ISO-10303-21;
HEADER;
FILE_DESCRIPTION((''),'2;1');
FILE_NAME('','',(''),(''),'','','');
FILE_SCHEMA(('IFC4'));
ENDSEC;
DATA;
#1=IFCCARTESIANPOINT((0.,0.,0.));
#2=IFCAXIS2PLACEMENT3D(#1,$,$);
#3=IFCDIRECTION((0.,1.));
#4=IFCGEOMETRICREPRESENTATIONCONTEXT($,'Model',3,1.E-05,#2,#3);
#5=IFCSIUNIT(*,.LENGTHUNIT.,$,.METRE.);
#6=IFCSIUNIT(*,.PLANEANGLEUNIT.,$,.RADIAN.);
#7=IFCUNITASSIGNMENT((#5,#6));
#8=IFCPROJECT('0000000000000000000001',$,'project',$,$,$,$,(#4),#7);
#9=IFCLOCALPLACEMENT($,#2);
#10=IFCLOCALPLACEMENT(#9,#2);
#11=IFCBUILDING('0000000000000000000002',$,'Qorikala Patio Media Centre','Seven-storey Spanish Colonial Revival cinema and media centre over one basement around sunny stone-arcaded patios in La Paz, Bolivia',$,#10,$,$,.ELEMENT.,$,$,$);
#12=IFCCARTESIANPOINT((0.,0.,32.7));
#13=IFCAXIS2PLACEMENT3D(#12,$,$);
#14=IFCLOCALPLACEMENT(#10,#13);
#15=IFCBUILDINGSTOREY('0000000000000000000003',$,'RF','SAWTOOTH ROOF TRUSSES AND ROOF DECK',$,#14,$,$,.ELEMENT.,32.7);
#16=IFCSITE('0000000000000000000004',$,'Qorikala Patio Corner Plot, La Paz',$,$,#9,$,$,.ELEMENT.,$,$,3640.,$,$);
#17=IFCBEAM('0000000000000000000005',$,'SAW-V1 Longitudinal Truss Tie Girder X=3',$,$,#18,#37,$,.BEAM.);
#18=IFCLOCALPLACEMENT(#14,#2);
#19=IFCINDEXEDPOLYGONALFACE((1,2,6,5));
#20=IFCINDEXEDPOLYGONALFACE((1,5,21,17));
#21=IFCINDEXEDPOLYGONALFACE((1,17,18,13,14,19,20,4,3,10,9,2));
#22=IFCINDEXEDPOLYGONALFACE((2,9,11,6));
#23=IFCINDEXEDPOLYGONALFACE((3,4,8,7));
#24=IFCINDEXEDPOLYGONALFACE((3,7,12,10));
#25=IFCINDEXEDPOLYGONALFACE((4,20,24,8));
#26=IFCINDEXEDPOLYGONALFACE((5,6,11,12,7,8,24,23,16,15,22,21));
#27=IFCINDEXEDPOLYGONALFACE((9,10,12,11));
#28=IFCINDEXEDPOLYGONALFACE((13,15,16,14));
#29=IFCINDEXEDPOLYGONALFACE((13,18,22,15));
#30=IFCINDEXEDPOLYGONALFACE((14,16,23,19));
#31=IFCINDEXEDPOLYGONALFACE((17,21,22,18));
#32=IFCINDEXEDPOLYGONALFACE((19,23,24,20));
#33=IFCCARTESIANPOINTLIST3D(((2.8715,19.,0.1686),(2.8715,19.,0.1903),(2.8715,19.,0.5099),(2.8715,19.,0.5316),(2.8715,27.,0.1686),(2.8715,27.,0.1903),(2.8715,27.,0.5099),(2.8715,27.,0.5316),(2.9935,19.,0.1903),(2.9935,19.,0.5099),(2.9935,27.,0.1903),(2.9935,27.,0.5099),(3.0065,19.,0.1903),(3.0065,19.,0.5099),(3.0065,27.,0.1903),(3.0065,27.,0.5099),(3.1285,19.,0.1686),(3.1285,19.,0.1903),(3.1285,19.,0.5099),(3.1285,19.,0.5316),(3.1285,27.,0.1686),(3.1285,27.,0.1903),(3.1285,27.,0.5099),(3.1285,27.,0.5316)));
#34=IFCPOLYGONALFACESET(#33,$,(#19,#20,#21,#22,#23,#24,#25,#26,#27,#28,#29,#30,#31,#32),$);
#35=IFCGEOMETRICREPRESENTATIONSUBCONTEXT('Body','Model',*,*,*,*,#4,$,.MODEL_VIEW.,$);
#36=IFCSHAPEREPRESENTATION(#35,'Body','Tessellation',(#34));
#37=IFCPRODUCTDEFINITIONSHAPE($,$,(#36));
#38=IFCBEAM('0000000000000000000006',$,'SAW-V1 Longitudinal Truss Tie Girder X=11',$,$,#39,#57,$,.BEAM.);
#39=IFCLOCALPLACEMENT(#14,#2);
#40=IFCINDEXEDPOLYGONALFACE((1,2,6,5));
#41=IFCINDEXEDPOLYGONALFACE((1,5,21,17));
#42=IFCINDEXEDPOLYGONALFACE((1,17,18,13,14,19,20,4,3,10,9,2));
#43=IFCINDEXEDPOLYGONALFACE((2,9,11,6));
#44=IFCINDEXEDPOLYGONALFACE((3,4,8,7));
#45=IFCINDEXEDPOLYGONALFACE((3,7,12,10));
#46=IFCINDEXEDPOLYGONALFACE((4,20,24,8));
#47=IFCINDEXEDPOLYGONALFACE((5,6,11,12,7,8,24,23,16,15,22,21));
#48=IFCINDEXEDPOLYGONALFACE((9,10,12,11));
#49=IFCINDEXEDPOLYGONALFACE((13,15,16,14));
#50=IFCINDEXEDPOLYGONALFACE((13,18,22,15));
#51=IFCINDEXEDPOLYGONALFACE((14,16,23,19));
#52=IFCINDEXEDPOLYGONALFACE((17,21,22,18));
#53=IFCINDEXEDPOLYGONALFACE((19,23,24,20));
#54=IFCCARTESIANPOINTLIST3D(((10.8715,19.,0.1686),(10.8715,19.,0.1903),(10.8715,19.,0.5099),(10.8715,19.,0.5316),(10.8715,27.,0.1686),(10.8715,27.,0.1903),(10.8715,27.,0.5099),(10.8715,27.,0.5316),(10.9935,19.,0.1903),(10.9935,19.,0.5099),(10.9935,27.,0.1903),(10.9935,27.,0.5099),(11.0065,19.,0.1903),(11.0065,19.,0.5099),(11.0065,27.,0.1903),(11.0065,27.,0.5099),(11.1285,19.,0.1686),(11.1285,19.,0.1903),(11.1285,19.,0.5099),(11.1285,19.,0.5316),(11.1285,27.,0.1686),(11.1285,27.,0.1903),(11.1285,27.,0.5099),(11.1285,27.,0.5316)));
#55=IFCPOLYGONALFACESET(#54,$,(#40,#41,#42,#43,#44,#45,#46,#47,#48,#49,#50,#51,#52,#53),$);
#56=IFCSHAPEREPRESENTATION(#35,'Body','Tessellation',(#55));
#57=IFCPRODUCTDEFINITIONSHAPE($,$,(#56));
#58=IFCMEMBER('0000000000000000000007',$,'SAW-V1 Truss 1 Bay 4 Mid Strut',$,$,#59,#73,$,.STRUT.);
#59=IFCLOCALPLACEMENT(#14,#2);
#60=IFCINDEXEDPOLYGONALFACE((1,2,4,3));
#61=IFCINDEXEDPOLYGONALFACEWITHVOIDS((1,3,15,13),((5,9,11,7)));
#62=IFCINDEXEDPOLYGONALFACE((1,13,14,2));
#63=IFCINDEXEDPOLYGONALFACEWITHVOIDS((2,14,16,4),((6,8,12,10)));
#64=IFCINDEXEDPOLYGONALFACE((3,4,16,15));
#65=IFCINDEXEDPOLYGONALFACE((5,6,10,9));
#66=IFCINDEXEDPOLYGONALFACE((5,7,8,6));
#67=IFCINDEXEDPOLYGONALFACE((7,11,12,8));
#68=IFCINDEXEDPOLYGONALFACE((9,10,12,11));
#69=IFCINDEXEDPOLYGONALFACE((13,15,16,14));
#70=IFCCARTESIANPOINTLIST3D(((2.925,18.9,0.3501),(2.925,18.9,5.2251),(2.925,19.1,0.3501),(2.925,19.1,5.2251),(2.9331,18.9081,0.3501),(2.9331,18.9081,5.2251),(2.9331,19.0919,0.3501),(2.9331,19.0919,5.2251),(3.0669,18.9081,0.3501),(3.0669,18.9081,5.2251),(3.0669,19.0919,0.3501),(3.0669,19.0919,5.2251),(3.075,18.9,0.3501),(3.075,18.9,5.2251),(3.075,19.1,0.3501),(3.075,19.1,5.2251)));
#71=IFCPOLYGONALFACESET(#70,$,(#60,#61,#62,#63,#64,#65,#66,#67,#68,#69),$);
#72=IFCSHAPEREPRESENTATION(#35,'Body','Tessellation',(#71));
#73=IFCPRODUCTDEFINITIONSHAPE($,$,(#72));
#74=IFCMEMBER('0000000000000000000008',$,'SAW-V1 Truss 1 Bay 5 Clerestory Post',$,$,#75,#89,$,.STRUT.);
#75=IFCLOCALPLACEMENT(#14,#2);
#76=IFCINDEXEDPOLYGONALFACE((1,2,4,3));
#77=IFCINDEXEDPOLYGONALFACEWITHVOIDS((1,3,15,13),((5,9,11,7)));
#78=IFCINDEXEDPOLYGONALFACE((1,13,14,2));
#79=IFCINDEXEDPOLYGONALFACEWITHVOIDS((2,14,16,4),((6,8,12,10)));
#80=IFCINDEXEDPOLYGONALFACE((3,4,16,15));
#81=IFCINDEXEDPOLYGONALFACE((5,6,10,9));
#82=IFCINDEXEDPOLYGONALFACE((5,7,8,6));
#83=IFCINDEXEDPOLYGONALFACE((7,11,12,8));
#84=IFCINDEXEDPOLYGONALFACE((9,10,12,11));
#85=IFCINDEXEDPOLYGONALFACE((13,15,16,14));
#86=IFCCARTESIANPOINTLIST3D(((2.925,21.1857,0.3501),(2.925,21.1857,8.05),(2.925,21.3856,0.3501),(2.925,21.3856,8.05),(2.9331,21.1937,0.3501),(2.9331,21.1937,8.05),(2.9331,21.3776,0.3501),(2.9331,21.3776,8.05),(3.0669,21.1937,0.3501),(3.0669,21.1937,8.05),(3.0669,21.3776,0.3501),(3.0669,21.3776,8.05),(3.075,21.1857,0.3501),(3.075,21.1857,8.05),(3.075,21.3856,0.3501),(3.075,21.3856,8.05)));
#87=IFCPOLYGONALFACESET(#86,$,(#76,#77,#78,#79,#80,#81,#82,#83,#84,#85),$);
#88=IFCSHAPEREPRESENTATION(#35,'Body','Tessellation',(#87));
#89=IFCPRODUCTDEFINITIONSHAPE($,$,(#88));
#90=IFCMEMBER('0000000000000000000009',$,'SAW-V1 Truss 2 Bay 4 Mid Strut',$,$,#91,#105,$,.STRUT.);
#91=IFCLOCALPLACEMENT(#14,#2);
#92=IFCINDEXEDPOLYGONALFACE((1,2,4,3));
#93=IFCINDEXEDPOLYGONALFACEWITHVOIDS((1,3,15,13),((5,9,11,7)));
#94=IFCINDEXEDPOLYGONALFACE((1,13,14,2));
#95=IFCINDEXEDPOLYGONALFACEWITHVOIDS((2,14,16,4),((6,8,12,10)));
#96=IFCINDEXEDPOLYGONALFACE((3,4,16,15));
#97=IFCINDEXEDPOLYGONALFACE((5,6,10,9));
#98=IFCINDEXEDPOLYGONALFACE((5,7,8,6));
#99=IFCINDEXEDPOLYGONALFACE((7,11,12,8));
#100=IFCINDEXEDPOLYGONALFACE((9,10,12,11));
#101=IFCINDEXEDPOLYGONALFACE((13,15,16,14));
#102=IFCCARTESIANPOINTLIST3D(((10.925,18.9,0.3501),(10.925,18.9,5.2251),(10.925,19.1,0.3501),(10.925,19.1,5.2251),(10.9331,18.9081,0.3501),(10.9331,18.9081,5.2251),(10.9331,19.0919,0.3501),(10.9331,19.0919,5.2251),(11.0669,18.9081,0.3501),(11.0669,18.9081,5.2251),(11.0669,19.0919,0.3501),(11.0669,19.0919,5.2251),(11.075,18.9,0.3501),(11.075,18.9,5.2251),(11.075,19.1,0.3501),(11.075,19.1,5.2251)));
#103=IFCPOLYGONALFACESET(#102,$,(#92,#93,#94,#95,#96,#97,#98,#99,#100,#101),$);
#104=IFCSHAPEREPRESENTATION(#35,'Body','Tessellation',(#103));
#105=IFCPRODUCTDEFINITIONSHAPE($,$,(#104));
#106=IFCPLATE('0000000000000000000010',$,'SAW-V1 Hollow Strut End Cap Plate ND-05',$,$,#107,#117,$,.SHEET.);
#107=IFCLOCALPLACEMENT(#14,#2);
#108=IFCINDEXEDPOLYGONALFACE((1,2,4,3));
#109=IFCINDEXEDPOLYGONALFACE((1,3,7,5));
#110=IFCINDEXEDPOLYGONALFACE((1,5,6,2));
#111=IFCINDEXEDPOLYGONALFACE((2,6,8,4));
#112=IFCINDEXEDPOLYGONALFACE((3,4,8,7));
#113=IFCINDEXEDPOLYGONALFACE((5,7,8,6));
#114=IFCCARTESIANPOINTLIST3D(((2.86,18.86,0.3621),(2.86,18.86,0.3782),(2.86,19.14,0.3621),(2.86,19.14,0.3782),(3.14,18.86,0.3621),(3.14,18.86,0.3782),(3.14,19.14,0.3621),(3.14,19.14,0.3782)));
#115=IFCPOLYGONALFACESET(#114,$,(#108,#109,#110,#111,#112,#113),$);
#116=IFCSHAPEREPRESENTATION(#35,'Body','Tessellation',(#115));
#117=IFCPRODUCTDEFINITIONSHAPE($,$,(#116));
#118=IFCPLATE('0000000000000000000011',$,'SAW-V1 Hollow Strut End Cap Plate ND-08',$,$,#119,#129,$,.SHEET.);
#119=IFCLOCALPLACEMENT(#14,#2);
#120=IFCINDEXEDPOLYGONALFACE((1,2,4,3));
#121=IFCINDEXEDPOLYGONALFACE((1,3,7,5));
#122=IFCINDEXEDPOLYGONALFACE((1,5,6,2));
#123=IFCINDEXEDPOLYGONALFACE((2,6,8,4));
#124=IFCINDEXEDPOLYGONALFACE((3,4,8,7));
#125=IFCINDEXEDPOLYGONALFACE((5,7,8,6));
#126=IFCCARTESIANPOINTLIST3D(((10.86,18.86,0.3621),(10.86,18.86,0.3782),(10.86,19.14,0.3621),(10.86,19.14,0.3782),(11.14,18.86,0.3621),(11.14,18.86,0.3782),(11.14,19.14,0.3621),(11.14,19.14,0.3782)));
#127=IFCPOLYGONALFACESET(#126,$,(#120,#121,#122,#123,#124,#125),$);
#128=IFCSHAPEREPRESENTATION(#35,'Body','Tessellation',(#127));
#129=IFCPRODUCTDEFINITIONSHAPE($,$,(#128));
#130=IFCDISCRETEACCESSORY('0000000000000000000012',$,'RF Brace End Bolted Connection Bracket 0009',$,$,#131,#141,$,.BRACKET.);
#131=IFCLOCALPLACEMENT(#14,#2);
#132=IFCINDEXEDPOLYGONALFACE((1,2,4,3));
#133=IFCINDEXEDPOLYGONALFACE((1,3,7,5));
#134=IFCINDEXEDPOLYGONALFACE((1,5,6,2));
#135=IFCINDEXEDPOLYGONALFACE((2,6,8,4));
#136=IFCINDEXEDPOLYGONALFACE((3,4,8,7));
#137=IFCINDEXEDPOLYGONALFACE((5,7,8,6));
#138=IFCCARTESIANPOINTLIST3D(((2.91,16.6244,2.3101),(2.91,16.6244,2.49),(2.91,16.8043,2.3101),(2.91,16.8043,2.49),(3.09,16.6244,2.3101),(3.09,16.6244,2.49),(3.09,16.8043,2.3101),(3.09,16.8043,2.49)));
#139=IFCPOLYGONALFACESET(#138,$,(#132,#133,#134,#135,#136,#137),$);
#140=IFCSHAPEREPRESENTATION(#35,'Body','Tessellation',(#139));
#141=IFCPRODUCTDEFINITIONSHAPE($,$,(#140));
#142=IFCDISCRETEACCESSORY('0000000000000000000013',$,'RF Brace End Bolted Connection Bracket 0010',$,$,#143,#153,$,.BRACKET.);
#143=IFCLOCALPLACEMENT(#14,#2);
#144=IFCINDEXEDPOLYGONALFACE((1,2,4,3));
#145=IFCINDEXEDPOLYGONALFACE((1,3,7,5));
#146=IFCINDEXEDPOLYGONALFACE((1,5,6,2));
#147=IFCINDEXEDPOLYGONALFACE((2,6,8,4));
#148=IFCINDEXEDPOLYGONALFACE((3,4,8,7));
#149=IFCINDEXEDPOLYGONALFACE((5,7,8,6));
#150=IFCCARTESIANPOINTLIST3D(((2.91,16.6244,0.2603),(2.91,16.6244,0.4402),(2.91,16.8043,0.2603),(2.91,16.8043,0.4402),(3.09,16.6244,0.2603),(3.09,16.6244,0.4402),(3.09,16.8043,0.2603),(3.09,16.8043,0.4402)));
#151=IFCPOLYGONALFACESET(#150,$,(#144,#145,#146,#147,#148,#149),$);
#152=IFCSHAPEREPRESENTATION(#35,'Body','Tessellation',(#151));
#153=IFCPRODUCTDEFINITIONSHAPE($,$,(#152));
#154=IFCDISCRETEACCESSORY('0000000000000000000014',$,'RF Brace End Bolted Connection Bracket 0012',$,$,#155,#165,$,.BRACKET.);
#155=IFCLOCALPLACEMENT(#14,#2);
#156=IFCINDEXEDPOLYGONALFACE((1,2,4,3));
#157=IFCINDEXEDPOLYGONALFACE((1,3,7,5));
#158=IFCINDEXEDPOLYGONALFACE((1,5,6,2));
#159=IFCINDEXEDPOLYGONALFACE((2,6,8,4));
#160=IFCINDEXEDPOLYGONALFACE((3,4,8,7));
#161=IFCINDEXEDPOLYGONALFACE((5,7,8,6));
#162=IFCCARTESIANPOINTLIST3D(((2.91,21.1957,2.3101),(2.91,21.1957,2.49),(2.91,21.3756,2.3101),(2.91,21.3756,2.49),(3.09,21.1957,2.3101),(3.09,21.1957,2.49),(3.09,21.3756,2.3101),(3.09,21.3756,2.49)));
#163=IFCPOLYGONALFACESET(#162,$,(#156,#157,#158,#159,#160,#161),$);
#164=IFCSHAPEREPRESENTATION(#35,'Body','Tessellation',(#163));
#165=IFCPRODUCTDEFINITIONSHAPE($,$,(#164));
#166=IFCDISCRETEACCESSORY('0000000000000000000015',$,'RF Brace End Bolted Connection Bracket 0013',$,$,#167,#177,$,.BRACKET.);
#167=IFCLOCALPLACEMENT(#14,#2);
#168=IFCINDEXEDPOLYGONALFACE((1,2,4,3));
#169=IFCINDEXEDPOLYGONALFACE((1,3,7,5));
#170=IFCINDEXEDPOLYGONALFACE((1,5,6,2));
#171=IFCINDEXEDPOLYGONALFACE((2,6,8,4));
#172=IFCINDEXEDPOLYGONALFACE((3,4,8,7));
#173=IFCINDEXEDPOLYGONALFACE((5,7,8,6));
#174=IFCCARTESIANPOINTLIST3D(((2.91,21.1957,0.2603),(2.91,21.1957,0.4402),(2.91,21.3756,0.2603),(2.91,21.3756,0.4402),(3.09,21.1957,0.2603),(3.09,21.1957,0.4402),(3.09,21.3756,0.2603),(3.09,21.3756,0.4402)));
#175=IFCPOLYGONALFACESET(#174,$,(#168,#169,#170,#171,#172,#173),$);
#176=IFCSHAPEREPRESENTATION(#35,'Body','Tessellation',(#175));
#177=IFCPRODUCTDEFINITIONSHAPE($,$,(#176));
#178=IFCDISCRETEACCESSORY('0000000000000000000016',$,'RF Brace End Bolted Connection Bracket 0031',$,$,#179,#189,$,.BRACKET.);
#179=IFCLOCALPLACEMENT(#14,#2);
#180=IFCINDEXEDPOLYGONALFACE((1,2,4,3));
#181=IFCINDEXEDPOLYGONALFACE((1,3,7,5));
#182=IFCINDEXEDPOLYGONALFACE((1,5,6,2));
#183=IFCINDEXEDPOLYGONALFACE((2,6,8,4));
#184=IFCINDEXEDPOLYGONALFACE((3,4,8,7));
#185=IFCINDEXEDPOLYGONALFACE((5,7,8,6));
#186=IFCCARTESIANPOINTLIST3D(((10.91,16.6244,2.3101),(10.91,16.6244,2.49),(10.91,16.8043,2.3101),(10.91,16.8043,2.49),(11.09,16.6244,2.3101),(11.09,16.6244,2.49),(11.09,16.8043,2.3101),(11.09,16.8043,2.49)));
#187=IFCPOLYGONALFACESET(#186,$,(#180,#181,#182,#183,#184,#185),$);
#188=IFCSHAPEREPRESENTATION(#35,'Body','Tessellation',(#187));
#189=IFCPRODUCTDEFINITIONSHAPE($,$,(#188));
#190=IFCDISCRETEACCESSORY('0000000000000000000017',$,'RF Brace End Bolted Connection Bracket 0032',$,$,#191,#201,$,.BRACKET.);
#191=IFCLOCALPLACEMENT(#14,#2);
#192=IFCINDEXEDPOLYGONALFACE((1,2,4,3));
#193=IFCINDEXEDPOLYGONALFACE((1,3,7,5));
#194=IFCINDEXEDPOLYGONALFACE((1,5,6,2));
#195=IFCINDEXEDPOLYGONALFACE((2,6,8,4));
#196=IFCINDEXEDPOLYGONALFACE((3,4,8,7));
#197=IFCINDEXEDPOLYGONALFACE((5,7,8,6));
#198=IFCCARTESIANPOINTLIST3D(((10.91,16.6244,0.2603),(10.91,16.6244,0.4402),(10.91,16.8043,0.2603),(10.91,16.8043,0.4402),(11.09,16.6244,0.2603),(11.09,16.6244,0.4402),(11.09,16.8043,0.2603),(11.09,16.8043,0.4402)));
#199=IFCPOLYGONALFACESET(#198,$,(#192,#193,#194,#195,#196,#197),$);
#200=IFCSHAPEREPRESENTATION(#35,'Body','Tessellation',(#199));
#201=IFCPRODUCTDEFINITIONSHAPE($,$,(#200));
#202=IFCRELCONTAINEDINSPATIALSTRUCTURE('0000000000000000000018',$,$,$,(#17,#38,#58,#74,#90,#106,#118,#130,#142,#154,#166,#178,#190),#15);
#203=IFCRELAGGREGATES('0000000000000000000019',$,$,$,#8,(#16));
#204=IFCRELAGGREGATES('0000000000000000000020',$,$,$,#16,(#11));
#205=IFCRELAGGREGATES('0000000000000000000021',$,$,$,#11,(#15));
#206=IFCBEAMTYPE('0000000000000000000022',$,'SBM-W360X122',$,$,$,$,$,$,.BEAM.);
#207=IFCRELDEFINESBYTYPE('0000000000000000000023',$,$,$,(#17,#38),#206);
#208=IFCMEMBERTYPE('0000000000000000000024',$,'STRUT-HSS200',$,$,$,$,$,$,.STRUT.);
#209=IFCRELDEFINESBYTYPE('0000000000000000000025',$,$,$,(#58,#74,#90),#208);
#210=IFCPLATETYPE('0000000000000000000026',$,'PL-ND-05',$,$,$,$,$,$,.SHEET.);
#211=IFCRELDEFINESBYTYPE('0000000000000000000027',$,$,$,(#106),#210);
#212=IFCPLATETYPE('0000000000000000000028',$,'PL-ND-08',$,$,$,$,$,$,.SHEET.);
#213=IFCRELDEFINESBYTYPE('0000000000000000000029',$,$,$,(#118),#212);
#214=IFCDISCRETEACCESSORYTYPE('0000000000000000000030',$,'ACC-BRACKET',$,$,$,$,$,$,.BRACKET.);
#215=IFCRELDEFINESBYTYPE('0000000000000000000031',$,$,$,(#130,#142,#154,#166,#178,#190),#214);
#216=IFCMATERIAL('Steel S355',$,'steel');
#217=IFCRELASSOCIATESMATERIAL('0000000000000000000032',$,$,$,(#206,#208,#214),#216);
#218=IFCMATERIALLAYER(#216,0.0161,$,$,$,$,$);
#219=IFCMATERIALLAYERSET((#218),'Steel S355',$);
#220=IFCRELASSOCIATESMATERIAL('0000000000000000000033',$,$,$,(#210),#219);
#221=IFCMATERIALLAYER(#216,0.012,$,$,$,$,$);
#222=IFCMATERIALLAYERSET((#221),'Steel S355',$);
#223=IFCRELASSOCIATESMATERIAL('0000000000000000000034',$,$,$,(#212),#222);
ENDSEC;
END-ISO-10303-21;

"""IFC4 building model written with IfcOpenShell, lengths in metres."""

from ifc_helpers import new_model, si_unit, direction, frame, origin, origin_2d, place, context, subcontext, project, spatial, rectangle, hollow_rectangle, i_section, extrude, material, layer, layer_set, material_profile, profile_set, type_object, element, save


model = new_model("IFC4")

# Units and contexts
model_context = context("Model", 3, precision=1e-05, world=origin(), true_north=direction((0.0, 1.0)))
body_context = subcontext(model_context, "Body", "Model", "MODEL_VIEW")
ifc_project = project(units=[si_unit("LENGTHUNIT", "METRE"), si_unit("PLANEANGLEUNIT", "RADIAN")], contexts=[model_context])

# Site, building, storey
site_placement = place(None, origin())
site = spatial("IfcSite", under=ifc_project, at=site_placement, Name="Qorikala Patio Corner Plot, La Paz", CompositionType="ELEMENT", RefElevation=3640.0)
building_placement = place(site_placement, origin())
building = spatial("IfcBuilding", under=site, at=building_placement, Name="Qorikala Patio Media Centre", Description="Seven-storey Spanish Colonial Revival cinema and media centre over one basement around sunny stone-arcaded patios in La Paz, Bolivia", CompositionType="ELEMENT")
storey_placement = place(building_placement, frame((0.0, 0.0, 32.7)))
storey = spatial("IfcBuildingStorey", under=building, at=storey_placement, Name="RF", Description="SAWTOOTH ROOF TRUSSES AND ROOF DECK", CompositionType="ELEMENT", Elevation=32.7)

# Shared definitions
ifc_material_1 = material(Name="Steel S355", Category="steel")

# Beams
ifc_material_profile_1 = material_profile(ifc_material_1, i_section(OverallWidth=0.2571, OverallDepth=0.363, WebThickness=0.0129, FlangeThickness=0.0217, at=origin_2d()), Name="W360X122")
ifc_profile_set_1 = profile_set([ifc_material_profile_1], Name="Steel S355")
beam_type_1 = type_object("IfcBeamType", Name="SBM-W360X122", PredefinedType="BEAM", material=ifc_profile_set_1)
for number, where, z_axis, x_axis, name in (
    (1, (3.0, 19.0, 0.3501), (0.0, 1.0, 0.0), (-1.0, 0.0, 0.0), "SAW-V1 Longitudinal Truss Tie Girder X=3"),
    (2, (11.0, 19.0, 0.3501), (0.0, 1.0, 0.0), (-1.0, 0.0, 0.0), "SAW-V1 Longitudinal Truss Tie Girder X=11"),
):
    element("IfcBeam", number, at=place(storey_placement, frame(where, z_axis=z_axis, x_axis=x_axis)), inside=storey, type_object=beam_type_1, Name=name, PredefinedType="BEAM", context=body_context, shape_type="SweptSolid", body=[
        extrude(i_section(OverallWidth=0.2571, OverallDepth=0.363, WebThickness=0.0129, FlangeThickness=0.0217, at=origin_2d()), origin(), (0.0, 0.0, 1.0), 8.0),
    ])

# Members
ifc_material_profile_2 = material_profile(ifc_material_1, hollow_rectangle(XDim=0.1499, YDim=0.2, WallThickness=0.0081, at=origin_2d()), Name="HSS200X150X8")
ifc_profile_set_2 = profile_set([ifc_material_profile_2], Name="Steel S355")
member_type_1 = type_object("IfcMemberType", Name="STRUT-HSS200", PredefinedType="STRUT", material=ifc_profile_set_2)
member_1_placement = place(storey_placement, frame((3.0, 19.0, 0.3501), z_axis=(0.0, 0.0, 1.0), x_axis=(1.0, 0.0, 0.0)))
element("IfcMember", 3, at=member_1_placement, inside=storey, type_object=member_type_1, Name="SAW-V1 Truss 1 Bay 4 Mid Strut", PredefinedType="STRUT", context=body_context, shape_type="SweptSolid", body=[
    extrude(hollow_rectangle(XDim=0.1499, YDim=0.2, WallThickness=0.0081, at=origin_2d()), origin(), (0.0, 0.0, 1.0), 4.875),
])
member_2_placement = place(storey_placement, frame((3.0, 21.2856, 0.3501), z_axis=(0.0, 0.0, 1.0), x_axis=(1.0, 0.0, 0.0)))
element("IfcMember", 4, at=member_2_placement, inside=storey, type_object=member_type_1, Name="SAW-V1 Truss 1 Bay 5 Clerestory Post", PredefinedType="STRUT", context=body_context, shape_type="SweptSolid", body=[
    extrude(hollow_rectangle(XDim=0.1499, YDim=0.2, WallThickness=0.0081, at=origin_2d()), origin(), (0.0, 0.0, 1.0), 7.7),
])
member_3_placement = place(storey_placement, frame((11.0, 19.0, 0.3501), z_axis=(0.0, 0.0, 1.0), x_axis=(1.0, 0.0, 0.0)))
element("IfcMember", 5, at=member_3_placement, inside=storey, type_object=member_type_1, Name="SAW-V1 Truss 2 Bay 4 Mid Strut", PredefinedType="STRUT", context=body_context, shape_type="SweptSolid", body=[
    extrude(hollow_rectangle(XDim=0.1499, YDim=0.2, WallThickness=0.0081, at=origin_2d()), origin(), (0.0, 0.0, 1.0), 4.875),
])

# Plates
ifc_layer_1 = layer(ifc_material_1, 0.0161)
ifc_layer_set_1 = layer_set([ifc_layer_1], Name="Steel S355")
plate_type_1 = type_object("IfcPlateType", Name="PL-ND-05", PredefinedType="SHEET", material=ifc_layer_set_1)
plate_1_placement = place(storey_placement, frame((3.0, 19.0, 0.3621), z_axis=(0.0, 0.0, 1.0), x_axis=(1.0, 0.0, 0.0)))
element("IfcPlate", 6, at=plate_1_placement, inside=storey, type_object=plate_type_1, Name="SAW-V1 Hollow Strut End Cap Plate ND-05", PredefinedType="SHEET", context=body_context, shape_type="SweptSolid", body=[
    extrude(rectangle(XDim=0.28, YDim=0.28, at=origin_2d()), origin(), (0.0, 0.0, 1.0), 0.0161),
])
ifc_layer_2 = layer(ifc_material_1, 0.012)
ifc_layer_set_2 = layer_set([ifc_layer_2], Name="Steel S355")
plate_type_2 = type_object("IfcPlateType", Name="PL-ND-08", PredefinedType="SHEET", material=ifc_layer_set_2)
plate_2_placement = place(storey_placement, frame((11.0, 19.0, 0.3621), z_axis=(0.0, 0.0, 1.0), x_axis=(1.0, 0.0, 0.0)))
element("IfcPlate", 7, at=plate_2_placement, inside=storey, type_object=plate_type_2, Name="SAW-V1 Hollow Strut End Cap Plate ND-08", PredefinedType="SHEET", context=body_context, shape_type="SweptSolid", body=[
    extrude(rectangle(XDim=0.28, YDim=0.28, at=origin_2d()), origin(), (0.0, 0.0, 1.0), 0.0161),
])

# Discrete accessories
discrete_accessory_type = type_object("IfcDiscreteAccessoryType", Name="ACC-BRACKET", PredefinedType="BRACKET", material=ifc_material_1)
for number, where, z_axis, x_axis, name in (
    (8, (3.0, 16.7144, 2.3101), (0.0, 0.0, 1.0), (1.0, 0.0, 0.0), "RF Brace End Bolted Connection Bracket 0009"),
    (9, (3.0, 16.7144, 0.2603), (0.0, 0.0, 1.0), (1.0, 0.0, 0.0), "RF Brace End Bolted Connection Bracket 0010"),
    (10, (3.0, 21.2856, 2.3101), (0.0, 0.0, 1.0), (1.0, 0.0, 0.0), "RF Brace End Bolted Connection Bracket 0012"),
    (11, (3.0, 21.2856, 0.2603), (0.0, 0.0, 1.0), (1.0, 0.0, 0.0), "RF Brace End Bolted Connection Bracket 0013"),
    (12, (11.0, 16.7144, 2.3101), (0.0, 0.0, 1.0), (1.0, 0.0, 0.0), "RF Brace End Bolted Connection Bracket 0031"),
    (13, (11.0, 16.7144, 0.2603), (0.0, 0.0, 1.0), (1.0, 0.0, 0.0), "RF Brace End Bolted Connection Bracket 0032"),
):
    element("IfcDiscreteAccessory", number, at=place(storey_placement, frame(where, z_axis=z_axis, x_axis=x_axis)), inside=storey, type_object=discrete_accessory_type, Name=name, PredefinedType="BRACKET", context=body_context, shape_type="SweptSolid", body=[
        extrude(rectangle(XDim=0.1799, YDim=0.1799, at=origin_2d()), origin(), (0.0, 0.0, 1.0), 0.1799),
    ])

save(model, "model.ifc")
